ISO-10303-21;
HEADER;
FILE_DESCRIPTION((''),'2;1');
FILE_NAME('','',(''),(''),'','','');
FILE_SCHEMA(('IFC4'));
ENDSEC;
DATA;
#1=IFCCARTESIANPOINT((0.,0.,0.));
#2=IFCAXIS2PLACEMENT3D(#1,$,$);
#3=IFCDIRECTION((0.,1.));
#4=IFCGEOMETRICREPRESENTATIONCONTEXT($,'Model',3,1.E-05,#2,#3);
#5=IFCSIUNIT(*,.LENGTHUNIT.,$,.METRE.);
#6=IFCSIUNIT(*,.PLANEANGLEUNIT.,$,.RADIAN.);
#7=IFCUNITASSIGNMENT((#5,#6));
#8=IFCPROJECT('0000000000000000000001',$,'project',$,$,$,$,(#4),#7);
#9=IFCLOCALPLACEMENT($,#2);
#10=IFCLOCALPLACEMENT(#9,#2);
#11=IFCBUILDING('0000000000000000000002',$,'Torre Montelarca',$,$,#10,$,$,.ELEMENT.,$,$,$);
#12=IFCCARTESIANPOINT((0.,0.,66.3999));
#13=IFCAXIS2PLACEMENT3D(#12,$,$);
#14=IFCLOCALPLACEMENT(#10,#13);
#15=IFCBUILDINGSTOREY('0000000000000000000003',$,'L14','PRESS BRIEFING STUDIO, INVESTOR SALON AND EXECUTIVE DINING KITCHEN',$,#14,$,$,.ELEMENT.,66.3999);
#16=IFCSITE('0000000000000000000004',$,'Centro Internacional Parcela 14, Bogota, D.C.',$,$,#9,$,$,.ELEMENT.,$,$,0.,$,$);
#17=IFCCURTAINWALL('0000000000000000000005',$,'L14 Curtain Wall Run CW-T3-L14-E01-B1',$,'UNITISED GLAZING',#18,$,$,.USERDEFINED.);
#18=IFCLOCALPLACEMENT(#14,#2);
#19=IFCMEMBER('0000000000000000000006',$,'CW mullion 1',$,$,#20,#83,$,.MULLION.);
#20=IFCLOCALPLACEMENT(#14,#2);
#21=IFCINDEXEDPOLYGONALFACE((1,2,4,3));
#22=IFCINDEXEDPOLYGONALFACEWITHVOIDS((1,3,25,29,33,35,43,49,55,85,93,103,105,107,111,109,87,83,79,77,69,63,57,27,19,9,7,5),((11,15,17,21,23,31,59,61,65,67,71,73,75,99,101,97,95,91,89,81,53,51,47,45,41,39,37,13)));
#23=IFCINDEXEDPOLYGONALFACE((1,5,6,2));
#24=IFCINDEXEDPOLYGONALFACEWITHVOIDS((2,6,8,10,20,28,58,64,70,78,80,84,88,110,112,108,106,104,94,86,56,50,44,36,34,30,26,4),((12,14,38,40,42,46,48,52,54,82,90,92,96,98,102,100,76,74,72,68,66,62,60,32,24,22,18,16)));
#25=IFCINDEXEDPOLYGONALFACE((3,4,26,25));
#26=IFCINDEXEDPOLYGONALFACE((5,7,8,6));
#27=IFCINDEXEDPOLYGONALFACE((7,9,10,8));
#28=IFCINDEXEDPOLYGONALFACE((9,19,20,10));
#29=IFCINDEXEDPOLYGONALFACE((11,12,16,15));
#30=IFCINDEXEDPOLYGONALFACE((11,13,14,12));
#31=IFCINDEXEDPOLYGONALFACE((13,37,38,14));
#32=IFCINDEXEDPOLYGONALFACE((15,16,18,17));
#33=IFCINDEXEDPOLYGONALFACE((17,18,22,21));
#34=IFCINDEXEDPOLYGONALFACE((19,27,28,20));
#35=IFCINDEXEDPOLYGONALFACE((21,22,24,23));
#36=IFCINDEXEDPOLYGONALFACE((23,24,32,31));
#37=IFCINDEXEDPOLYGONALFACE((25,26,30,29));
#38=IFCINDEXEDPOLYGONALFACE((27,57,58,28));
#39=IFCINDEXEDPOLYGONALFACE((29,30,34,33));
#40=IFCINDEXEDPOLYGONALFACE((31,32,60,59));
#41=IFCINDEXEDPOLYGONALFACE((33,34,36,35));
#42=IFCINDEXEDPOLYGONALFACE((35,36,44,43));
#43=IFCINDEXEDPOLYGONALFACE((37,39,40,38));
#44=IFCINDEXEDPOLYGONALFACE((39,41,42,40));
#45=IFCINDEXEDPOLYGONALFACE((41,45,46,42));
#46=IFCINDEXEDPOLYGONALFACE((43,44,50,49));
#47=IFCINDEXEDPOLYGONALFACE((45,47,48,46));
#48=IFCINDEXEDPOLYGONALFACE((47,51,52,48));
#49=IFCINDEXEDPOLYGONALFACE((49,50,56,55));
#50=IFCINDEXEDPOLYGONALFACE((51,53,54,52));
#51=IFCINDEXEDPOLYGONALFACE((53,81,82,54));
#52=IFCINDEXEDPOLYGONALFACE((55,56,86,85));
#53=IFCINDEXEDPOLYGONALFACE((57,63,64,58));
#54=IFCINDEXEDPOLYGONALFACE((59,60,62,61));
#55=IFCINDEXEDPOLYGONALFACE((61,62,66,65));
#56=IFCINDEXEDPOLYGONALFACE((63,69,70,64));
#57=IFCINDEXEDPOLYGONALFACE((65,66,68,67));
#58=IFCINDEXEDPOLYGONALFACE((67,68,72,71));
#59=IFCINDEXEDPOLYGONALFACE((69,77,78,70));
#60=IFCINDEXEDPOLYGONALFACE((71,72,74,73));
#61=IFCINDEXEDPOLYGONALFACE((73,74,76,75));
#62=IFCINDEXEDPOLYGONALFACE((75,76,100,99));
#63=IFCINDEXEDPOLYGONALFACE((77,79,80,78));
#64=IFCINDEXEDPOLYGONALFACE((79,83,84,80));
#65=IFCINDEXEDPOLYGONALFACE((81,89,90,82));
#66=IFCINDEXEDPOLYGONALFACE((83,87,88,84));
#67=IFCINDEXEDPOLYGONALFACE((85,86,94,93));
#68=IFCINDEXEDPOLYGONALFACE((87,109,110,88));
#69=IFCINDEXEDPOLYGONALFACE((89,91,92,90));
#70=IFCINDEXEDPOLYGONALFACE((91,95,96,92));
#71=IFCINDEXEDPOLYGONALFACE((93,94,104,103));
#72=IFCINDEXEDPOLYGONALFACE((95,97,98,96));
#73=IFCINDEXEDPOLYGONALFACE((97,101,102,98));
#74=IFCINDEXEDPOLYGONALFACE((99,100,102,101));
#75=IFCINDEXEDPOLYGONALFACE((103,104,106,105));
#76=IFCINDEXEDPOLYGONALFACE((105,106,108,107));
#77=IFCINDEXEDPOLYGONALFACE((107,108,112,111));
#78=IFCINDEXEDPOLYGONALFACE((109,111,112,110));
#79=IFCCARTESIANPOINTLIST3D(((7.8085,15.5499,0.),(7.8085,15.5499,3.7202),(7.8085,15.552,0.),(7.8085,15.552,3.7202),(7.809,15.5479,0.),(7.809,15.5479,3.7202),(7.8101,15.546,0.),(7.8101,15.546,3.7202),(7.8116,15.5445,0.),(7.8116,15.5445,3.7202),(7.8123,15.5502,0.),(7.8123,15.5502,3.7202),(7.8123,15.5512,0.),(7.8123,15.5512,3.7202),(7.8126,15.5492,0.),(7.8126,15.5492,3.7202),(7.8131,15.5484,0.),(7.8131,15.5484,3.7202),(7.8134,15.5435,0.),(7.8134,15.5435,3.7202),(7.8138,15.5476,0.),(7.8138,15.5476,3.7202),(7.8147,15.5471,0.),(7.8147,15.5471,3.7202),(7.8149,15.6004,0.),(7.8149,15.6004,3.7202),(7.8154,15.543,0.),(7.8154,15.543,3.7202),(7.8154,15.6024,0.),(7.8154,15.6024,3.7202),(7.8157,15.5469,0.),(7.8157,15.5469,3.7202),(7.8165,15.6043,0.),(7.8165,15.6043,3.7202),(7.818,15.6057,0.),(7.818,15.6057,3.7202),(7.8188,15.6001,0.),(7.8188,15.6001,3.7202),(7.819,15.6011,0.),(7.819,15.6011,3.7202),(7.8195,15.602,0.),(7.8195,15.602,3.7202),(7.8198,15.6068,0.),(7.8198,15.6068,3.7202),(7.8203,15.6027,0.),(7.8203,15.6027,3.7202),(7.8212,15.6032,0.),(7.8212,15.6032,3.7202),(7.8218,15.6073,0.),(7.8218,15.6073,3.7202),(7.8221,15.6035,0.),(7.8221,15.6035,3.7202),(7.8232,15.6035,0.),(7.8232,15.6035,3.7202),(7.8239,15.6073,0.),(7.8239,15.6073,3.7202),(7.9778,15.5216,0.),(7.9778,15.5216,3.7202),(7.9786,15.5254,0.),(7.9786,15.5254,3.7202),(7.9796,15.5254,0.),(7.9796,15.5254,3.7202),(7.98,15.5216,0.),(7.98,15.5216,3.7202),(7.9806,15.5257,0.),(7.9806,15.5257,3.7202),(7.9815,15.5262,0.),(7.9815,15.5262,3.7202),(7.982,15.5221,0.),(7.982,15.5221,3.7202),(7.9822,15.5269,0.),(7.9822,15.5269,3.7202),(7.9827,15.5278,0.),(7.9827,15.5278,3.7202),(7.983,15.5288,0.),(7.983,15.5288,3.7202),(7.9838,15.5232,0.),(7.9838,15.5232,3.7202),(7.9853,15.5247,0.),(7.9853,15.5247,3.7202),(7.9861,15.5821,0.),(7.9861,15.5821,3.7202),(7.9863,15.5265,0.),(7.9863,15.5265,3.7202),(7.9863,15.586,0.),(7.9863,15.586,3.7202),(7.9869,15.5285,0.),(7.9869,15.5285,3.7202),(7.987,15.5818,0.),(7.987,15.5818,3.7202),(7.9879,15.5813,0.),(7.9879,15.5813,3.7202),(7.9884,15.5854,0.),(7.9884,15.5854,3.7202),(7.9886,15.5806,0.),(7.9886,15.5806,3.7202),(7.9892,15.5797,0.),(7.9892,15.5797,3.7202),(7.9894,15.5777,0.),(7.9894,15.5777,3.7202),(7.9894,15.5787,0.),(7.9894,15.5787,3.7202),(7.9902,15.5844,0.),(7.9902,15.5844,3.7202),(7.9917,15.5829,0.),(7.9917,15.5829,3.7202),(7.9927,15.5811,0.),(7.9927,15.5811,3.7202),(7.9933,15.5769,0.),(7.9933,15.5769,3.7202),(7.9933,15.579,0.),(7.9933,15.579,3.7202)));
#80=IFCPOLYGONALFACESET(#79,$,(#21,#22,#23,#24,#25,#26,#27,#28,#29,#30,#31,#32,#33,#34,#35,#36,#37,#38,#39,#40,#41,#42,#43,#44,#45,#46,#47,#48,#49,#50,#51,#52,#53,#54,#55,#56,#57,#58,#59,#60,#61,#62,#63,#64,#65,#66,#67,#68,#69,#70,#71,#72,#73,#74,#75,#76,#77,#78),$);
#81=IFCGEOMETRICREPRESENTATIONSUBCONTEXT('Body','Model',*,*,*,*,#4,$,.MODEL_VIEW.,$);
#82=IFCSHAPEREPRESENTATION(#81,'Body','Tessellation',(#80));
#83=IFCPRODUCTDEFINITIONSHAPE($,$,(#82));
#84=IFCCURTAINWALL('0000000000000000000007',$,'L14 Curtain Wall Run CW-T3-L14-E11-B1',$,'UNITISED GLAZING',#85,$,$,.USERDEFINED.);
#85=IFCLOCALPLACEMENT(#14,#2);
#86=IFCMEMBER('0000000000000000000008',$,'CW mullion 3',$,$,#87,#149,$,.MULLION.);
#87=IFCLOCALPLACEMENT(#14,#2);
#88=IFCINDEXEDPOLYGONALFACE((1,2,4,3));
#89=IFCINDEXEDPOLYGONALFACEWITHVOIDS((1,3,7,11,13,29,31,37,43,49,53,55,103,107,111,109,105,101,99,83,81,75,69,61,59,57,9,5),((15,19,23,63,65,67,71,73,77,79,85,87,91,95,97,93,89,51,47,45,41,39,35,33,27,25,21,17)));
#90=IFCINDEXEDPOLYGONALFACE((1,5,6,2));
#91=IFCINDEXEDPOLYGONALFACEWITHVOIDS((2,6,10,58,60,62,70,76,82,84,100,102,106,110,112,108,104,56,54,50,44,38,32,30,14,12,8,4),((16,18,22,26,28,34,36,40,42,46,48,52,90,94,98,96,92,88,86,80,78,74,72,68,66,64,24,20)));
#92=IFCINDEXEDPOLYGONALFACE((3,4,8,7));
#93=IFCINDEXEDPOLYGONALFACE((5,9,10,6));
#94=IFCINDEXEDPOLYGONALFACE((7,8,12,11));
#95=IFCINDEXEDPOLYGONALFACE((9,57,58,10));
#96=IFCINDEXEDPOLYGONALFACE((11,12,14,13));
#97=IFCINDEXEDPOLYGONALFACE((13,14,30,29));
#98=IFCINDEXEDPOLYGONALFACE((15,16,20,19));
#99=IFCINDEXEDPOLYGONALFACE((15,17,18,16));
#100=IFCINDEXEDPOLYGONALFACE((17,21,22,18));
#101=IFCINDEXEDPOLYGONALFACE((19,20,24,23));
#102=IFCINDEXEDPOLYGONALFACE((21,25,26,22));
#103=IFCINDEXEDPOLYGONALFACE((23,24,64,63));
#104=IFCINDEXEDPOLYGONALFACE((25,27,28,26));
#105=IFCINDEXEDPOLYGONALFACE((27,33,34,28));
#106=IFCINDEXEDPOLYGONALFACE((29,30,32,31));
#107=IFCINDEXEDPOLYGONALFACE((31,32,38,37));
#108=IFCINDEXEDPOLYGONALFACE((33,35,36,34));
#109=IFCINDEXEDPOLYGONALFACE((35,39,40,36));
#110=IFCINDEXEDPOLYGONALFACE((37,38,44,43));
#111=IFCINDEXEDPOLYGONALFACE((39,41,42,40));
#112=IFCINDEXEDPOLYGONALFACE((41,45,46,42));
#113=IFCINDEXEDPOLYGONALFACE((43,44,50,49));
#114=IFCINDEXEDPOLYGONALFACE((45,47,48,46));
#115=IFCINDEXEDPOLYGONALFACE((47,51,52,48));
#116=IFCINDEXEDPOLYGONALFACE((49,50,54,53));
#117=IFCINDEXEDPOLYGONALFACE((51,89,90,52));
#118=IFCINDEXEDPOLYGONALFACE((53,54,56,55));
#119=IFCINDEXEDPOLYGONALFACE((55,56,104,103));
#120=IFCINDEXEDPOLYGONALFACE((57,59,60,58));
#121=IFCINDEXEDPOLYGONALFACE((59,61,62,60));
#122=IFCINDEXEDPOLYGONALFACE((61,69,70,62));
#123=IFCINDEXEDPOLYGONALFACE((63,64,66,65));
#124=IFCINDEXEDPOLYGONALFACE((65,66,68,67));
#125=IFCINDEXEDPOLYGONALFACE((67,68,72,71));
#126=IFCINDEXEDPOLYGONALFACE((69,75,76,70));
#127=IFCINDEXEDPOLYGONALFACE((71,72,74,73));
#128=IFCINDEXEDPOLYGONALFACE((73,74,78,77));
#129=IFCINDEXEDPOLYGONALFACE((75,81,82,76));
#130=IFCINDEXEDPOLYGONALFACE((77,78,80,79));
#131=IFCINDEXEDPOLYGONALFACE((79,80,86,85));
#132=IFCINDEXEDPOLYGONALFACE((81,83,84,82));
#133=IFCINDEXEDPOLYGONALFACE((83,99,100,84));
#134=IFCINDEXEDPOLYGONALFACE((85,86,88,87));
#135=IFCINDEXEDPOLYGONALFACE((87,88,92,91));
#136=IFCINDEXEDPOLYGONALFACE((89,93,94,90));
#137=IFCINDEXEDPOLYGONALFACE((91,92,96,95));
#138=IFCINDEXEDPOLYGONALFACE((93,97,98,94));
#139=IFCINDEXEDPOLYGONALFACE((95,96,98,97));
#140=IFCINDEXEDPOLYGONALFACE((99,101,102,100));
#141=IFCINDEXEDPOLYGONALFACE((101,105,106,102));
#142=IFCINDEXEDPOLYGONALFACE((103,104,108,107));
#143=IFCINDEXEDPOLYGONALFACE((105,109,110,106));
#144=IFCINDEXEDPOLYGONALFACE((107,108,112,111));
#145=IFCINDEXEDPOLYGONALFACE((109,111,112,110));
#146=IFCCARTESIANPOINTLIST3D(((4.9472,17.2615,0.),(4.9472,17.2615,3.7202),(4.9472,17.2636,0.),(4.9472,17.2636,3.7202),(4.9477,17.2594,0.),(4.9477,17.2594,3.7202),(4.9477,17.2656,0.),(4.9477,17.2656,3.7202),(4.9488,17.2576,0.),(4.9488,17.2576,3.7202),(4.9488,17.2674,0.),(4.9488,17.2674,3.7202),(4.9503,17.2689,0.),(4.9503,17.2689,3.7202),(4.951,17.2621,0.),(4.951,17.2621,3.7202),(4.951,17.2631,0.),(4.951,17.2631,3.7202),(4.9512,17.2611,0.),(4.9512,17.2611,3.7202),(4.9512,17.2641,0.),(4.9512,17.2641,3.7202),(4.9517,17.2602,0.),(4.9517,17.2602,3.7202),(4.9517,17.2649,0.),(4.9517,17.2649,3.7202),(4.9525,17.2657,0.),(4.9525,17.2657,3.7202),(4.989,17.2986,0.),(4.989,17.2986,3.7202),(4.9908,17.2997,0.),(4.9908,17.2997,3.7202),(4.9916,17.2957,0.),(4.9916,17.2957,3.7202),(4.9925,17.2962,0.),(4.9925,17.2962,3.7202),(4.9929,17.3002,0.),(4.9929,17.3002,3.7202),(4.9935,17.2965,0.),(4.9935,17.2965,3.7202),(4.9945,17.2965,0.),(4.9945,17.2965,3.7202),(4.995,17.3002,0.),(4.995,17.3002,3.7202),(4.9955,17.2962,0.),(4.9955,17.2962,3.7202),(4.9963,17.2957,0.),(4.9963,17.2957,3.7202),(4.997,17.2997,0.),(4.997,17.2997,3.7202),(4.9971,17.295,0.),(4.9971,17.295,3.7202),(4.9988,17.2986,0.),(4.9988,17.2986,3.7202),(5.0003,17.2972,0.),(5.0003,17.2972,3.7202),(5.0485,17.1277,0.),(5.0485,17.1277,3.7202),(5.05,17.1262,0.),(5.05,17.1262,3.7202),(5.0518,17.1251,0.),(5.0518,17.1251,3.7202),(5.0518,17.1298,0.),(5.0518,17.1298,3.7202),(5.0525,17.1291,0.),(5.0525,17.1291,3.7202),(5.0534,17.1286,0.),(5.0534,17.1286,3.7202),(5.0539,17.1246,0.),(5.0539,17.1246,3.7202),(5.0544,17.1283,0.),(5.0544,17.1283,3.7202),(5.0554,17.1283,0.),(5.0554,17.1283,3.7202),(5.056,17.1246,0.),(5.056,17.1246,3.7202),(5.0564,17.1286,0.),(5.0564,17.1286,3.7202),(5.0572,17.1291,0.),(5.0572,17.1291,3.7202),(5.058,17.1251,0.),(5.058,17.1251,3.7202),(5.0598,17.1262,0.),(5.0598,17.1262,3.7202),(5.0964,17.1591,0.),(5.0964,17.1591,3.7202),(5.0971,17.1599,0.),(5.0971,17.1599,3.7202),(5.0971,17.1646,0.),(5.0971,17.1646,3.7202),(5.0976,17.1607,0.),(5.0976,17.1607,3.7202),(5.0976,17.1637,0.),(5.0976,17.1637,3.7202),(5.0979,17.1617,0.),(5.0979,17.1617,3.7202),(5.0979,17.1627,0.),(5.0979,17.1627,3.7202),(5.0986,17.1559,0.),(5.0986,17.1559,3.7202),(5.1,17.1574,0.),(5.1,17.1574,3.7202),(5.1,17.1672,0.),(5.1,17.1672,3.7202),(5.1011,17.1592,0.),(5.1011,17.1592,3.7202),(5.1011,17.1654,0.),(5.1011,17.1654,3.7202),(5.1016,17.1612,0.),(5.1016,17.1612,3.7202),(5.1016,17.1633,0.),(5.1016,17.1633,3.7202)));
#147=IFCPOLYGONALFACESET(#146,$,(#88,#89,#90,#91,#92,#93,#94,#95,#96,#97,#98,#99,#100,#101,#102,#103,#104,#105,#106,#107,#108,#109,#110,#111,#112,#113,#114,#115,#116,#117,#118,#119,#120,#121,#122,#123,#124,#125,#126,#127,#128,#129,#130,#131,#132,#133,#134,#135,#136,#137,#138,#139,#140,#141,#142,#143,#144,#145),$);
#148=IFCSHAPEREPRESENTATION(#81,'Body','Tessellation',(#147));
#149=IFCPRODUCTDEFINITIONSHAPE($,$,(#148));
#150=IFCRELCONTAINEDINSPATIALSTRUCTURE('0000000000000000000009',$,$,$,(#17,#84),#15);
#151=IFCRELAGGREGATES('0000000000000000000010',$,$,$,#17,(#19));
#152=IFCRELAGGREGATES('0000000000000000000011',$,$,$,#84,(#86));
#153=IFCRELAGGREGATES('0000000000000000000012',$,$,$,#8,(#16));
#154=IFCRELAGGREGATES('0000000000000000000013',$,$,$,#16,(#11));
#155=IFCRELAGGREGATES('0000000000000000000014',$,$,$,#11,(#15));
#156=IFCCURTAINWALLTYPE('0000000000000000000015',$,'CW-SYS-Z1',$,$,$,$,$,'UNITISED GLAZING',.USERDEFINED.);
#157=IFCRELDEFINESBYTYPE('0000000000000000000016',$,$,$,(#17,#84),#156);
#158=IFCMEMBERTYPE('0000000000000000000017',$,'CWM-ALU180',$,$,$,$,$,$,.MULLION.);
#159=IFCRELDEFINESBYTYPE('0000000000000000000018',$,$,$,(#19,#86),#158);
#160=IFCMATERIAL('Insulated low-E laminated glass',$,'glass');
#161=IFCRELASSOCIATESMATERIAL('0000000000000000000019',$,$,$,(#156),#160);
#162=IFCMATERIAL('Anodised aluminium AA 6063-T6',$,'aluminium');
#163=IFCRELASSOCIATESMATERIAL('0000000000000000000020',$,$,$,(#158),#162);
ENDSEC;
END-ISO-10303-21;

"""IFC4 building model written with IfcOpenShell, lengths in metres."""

from ifc_helpers import new_model, si_unit, direction, frame, origin, origin_2d, place, context, subcontext, project, spatial, hollow_rectangle, extrude, source, transform, mapped, material, material_profile, profile_set, type_object, element, aggregate, save


model = new_model("IFC4")

# Units and contexts
model_context = context("Model", 3, precision=1e-05, world=origin(), true_north=direction((0.0, 1.0)))
body_context = subcontext(model_context, "Body", "Model", "MODEL_VIEW")
ifc_project = project(units=[si_unit("LENGTHUNIT", "METRE"), si_unit("PLANEANGLEUNIT", "RADIAN")], contexts=[model_context])

# Site, building, storey
site_placement = place(None, origin())
site = spatial("IfcSite", under=ifc_project, at=site_placement, Name="Centro Internacional Parcela 14, Bogota, D.C.", CompositionType="ELEMENT", RefElevation=0.0)
building_placement = place(site_placement, origin())
building = spatial("IfcBuilding", under=site, at=building_placement, Name="Torre Montelarca", CompositionType="ELEMENT")
storey_placement = place(building_placement, frame((0.0, 0.0, 66.3999)))
storey = spatial("IfcBuildingStorey", under=building, at=storey_placement, Name="L14", Description="PRESS BRIEFING STUDIO, INVESTOR SALON AND EXECUTIVE DINING KITCHEN", CompositionType="ELEMENT", Elevation=66.3999)

# Curtain wall, member
ifc_material_1 = material(Name="Insulated low-E laminated glass", Category="glass")
curtain_wall_type = type_object("IfcCurtainWallType", Name="CW-SYS-Z1", ElementType="UNITISED GLAZING", PredefinedType="USERDEFINED", material=ifc_material_1)
curtain_wall_1_placement = place(storey_placement, origin())
curtain_wall_1 = element("IfcCurtainWall", 1, at=curtain_wall_1_placement, inside=storey, type_object=curtain_wall_type, Name="L14 Curtain Wall Run CW-T3-L14-E01-B1", ObjectType="UNITISED GLAZING", PredefinedType="USERDEFINED")
ifc_material_2 = material(Name="Anodised aluminium AA 6063-T6", Category="aluminium")
ifc_material_profile_1 = material_profile(ifc_material_2, hollow_rectangle(XDim=0.0649, YDim=0.1799, WallThickness=0.0039, InnerFilletRadius=0.0039, OuterFilletRadius=0.0081, at=origin_2d()), Name="ALU65X180X4", Category="aluminium")
ifc_profile_set_1 = profile_set([ifc_material_profile_1], Name="Anodised aluminium AA 6063-T6")
member_type_1 = type_object("IfcMemberType", Name="CWM-ALU180", PredefinedType="MULLION", material=ifc_profile_set_1)
shared_shape_1 = source(origin(), body_context, "Body", "SweptSolid", [
    extrude(hollow_rectangle(XDim=0.0649, YDim=0.1799, WallThickness=0.0039, InnerFilletRadius=0.0039, OuterFilletRadius=0.0081, at=origin_2d()), origin(), (0.0, 0.0, 1.0), 3.7202),
])
member_1_placement = place(storey_placement, frame((7.9009, 15.5645, 0.0), z_axis=(0.0, 0.0, 1.0), x_axis=(0.130515, 0.991446, 0.0)))
member_1 = element("IfcMember", 2, at=member_1_placement, type_object=member_type_1, Name="CW mullion 1", PredefinedType="MULLION", context=body_context, shape_type="MappedRepresentation", body=[
    mapped(shared_shape_1, transform((0.0, 0.0, 0.0), scale=1.0)),
])

# Curtain wall, member
curtain_wall_2_placement = place(storey_placement, origin())
curtain_wall_2 = element("IfcCurtainWall", 3, at=curtain_wall_2_placement, inside=storey, type_object=curtain_wall_type, Name="L14 Curtain Wall Run CW-T3-L14-E11-B1", ObjectType="UNITISED GLAZING", PredefinedType="USERDEFINED")
member_2_placement = place(storey_placement, frame((5.0244, 17.2124, 0.0), z_axis=(0.0, 0.0, 1.0), x_axis=(0.793356, 0.608759, 0.0)))
member_2 = element("IfcMember", 4, at=member_2_placement, type_object=member_type_1, Name="CW mullion 3", PredefinedType="MULLION", context=body_context, shape_type="MappedRepresentation", body=[
    mapped(shared_shape_1, transform((0.0, 0.0, 0.0), scale=1.0)),
])

aggregate(curtain_wall_1, [member_1])
aggregate(curtain_wall_2, [member_2])

save(model, "model.ifc")
